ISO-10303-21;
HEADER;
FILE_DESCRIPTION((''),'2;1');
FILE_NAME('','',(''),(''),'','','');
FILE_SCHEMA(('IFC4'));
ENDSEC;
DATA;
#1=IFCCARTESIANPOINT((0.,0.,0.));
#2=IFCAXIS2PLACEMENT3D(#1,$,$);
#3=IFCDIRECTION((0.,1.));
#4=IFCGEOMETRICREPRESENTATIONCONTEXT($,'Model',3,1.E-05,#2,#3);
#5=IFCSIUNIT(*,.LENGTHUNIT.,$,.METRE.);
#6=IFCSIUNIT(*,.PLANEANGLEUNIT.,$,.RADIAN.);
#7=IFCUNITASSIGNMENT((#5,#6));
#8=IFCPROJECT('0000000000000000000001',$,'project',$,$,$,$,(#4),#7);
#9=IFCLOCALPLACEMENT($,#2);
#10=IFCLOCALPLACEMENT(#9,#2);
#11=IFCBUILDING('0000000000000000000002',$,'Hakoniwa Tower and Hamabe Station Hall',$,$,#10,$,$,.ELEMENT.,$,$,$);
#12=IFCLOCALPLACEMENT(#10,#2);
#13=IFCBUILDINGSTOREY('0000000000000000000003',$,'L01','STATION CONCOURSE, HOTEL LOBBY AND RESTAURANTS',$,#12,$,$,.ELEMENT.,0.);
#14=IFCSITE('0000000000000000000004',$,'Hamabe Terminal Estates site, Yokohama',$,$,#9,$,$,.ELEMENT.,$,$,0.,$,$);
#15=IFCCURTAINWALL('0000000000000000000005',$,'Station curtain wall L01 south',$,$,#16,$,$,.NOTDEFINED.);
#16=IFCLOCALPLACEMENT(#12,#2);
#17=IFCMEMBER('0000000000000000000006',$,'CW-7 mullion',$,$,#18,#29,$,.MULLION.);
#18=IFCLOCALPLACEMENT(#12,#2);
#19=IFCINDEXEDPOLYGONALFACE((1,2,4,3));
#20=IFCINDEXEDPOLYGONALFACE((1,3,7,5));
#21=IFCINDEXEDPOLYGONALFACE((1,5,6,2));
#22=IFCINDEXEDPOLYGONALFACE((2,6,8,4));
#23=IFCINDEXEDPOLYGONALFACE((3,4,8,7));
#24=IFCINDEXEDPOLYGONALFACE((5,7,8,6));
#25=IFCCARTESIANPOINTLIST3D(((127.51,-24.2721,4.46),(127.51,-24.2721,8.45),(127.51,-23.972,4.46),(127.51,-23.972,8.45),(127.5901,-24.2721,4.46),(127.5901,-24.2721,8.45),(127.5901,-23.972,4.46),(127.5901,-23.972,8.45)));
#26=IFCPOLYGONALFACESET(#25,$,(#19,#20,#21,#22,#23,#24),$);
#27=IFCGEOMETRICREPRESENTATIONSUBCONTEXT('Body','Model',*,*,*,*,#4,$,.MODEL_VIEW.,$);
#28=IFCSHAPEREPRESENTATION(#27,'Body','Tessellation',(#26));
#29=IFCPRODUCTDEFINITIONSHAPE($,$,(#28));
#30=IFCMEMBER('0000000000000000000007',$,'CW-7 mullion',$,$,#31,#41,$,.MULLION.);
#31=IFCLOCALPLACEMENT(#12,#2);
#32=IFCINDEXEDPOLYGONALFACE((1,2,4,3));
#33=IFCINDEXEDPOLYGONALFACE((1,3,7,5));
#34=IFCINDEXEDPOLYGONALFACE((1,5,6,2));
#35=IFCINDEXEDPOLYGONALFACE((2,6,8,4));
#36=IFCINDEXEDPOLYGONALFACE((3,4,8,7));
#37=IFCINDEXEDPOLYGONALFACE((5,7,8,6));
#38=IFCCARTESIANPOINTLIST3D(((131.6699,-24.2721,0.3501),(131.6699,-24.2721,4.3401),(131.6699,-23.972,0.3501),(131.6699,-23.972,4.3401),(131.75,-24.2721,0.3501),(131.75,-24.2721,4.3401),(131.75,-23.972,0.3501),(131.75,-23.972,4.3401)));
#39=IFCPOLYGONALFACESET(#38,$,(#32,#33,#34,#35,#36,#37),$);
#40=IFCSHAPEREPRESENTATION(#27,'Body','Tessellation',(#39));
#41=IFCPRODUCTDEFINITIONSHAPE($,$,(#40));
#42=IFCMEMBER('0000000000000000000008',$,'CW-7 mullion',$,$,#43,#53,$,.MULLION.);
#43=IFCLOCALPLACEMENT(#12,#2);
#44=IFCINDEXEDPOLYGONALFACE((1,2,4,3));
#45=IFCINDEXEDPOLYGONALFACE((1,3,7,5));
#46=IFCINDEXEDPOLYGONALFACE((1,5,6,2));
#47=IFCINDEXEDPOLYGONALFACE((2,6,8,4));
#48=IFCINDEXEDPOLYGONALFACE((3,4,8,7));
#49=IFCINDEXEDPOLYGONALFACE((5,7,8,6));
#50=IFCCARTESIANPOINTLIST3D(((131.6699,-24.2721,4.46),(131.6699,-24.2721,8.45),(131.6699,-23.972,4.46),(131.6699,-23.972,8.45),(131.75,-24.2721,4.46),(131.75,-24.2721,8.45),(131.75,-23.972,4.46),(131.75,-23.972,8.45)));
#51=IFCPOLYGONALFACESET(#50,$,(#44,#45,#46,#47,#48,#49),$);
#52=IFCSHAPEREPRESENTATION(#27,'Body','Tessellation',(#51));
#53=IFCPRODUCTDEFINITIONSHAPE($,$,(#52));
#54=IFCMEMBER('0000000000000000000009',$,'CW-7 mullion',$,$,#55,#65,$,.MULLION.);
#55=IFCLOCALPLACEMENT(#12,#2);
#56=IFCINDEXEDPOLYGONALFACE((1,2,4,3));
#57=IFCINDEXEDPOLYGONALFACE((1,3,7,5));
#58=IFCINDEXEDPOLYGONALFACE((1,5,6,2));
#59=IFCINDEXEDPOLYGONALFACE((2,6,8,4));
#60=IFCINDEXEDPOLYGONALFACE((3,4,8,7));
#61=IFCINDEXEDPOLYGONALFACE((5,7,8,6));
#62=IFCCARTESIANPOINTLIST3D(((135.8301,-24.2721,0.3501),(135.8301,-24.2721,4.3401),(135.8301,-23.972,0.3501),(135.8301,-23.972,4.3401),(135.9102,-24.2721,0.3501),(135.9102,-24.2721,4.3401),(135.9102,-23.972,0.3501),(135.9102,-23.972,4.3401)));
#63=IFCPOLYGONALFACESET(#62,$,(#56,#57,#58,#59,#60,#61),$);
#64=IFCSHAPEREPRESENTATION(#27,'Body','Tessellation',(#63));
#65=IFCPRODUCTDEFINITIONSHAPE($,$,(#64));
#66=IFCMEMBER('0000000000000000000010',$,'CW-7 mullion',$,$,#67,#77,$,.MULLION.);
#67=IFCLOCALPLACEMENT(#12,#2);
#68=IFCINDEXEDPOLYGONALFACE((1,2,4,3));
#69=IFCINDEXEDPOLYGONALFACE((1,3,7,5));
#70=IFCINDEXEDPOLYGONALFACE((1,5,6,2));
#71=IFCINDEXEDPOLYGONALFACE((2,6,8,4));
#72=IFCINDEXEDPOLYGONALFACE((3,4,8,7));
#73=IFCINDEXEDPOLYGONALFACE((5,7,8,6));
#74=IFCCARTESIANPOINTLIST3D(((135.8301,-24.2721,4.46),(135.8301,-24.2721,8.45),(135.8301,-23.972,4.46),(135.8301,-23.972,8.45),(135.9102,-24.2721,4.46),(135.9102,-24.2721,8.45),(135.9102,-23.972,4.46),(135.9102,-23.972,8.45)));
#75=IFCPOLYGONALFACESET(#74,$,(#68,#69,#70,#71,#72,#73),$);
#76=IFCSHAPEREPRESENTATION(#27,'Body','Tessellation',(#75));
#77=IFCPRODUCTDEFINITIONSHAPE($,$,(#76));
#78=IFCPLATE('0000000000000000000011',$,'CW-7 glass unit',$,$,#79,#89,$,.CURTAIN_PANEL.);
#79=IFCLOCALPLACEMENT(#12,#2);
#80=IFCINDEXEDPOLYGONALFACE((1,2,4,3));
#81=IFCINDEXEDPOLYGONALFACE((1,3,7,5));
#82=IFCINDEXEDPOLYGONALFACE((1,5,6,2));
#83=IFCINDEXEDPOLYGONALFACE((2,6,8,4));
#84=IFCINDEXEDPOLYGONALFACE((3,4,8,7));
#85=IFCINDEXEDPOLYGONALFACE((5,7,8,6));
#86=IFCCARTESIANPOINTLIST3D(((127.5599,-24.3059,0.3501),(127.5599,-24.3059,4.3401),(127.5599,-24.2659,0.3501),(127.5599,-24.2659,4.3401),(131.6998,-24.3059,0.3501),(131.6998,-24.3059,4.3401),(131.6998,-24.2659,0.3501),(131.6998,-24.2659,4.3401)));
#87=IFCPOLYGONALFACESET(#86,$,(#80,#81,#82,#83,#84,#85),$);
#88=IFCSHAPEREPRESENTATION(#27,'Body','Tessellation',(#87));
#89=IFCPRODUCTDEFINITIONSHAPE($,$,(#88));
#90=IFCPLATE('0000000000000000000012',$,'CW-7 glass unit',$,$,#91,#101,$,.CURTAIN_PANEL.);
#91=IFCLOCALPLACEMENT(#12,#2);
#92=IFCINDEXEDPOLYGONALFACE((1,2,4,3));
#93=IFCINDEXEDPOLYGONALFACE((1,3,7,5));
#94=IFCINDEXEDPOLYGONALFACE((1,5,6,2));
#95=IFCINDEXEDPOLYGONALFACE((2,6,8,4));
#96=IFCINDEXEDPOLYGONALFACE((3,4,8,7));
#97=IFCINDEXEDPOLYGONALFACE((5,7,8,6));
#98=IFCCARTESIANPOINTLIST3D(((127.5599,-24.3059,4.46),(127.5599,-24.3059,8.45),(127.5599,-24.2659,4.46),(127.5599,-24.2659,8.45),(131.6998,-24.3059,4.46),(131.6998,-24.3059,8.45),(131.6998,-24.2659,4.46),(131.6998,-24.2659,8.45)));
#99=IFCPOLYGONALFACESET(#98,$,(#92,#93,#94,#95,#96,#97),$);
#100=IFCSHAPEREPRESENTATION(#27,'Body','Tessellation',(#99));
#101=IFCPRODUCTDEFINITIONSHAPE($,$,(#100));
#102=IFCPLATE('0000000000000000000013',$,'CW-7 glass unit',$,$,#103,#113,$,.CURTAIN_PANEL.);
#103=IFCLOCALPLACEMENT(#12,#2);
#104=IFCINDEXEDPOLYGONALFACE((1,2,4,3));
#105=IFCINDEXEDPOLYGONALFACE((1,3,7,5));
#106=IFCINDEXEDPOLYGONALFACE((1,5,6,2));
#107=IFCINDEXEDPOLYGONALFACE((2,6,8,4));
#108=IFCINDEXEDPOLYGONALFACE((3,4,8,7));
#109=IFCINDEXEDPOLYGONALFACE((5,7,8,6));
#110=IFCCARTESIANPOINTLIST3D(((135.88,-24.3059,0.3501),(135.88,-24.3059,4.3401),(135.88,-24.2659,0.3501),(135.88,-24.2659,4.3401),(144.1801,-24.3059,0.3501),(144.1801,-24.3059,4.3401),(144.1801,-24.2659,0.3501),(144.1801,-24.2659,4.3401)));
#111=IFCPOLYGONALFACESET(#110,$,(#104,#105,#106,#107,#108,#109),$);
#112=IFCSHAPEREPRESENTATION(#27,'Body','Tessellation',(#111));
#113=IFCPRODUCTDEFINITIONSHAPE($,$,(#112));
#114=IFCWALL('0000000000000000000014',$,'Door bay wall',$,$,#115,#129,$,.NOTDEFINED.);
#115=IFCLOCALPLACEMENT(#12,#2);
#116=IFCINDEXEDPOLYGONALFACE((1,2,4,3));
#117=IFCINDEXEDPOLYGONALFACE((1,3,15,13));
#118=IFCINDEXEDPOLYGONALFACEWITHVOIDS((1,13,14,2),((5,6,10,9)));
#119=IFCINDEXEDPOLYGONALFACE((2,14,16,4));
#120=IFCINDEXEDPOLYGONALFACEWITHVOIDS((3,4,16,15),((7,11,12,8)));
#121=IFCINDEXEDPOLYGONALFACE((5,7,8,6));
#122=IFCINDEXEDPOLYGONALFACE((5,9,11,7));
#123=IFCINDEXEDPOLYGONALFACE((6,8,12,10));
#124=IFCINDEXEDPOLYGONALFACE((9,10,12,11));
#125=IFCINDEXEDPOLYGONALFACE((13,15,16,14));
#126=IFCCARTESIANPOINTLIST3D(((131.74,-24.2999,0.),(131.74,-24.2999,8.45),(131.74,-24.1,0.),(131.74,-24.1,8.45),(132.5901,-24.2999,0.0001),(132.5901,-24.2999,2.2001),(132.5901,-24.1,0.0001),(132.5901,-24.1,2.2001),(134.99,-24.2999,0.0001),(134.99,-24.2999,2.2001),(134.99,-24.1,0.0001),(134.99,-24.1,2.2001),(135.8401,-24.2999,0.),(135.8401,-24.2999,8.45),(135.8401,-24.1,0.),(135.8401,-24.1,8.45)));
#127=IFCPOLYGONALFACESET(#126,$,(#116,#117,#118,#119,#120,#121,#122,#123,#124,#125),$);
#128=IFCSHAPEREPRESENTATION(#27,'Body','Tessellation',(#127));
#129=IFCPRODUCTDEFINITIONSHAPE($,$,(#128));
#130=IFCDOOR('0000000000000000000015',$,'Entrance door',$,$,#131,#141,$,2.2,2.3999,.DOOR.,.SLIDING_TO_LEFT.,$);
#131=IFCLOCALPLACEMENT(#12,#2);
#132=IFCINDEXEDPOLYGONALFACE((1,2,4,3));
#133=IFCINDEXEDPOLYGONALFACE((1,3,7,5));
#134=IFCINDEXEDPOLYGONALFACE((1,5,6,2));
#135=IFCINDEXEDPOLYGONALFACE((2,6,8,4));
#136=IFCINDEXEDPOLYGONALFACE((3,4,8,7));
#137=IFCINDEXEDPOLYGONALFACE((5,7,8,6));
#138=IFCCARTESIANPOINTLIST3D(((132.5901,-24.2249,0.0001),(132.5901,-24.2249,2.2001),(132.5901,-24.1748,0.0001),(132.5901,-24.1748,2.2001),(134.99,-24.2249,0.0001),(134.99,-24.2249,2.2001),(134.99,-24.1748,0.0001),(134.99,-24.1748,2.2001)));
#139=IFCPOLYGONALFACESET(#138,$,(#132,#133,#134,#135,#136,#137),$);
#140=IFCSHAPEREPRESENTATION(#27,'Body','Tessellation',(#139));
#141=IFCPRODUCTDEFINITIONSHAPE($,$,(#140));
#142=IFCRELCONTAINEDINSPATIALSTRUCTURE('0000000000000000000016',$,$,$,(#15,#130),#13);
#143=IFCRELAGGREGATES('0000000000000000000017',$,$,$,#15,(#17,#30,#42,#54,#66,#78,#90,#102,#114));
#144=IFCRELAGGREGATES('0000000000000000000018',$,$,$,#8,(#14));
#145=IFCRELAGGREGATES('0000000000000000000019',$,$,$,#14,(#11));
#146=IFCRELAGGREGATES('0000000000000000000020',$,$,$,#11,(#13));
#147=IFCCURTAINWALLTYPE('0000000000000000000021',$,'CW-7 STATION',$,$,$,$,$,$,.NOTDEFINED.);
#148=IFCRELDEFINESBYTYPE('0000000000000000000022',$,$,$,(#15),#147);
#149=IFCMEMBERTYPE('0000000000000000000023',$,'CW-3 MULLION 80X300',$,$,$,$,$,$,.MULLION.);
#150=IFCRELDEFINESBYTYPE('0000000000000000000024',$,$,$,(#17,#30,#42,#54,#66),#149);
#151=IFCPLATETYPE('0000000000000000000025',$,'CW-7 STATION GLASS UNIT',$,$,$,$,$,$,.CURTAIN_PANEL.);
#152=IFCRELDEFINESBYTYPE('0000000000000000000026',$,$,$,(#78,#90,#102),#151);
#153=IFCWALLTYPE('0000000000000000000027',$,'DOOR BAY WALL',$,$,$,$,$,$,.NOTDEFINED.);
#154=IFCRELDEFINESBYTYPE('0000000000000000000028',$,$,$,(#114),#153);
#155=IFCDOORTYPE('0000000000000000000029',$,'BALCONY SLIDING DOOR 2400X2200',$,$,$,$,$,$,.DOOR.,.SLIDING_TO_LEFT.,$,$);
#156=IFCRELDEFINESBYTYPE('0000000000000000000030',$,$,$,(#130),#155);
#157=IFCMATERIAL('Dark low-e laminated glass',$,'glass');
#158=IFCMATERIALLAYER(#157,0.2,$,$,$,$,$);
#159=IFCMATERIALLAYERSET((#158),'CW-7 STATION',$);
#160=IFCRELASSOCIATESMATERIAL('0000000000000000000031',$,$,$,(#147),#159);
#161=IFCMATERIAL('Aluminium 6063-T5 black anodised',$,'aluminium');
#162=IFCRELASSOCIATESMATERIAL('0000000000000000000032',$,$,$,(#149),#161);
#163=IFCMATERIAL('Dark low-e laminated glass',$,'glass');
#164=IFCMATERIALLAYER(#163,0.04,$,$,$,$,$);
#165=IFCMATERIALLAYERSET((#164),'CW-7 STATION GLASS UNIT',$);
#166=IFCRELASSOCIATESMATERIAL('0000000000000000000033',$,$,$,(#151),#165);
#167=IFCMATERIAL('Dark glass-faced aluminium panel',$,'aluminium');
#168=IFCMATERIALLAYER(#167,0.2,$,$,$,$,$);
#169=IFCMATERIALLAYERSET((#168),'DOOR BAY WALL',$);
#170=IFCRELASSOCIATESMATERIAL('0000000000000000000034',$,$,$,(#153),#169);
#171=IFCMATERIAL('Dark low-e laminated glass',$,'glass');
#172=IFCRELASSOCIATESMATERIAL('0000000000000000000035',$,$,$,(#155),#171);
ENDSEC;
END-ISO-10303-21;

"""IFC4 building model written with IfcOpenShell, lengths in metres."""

from ifc_helpers import new_model, si_unit, direction, frame, frame_2d, origin, origin_2d, place, context, subcontext, project, spatial, rectangle, extrude, material, layer, layer_set, material_profile, profile_set, type_object, element, fill, aggregate, save


model = new_model("IFC4")

# Units and contexts
model_context = context("Model", 3, precision=1e-05, world=origin(), true_north=direction((0.0, 1.0)))
body_context = subcontext(model_context, "Body", "Model", "MODEL_VIEW")
ifc_project = project(units=[si_unit("LENGTHUNIT", "METRE"), si_unit("PLANEANGLEUNIT", "RADIAN")], contexts=[model_context])

# Site, building, storey
site_placement = place(None, origin())
site = spatial("IfcSite", under=ifc_project, at=site_placement, Name="Hamabe Terminal Estates site, Yokohama", CompositionType="ELEMENT", RefElevation=0.0)
building_placement = place(site_placement, origin())
building = spatial("IfcBuilding", under=site, at=building_placement, Name="Hakoniwa Tower and Hamabe Station Hall", CompositionType="ELEMENT")
storey_placement = place(building_placement, origin())
storey = spatial("IfcBuildingStorey", under=building, at=storey_placement, Name="L01", Description="STATION CONCOURSE, HOTEL LOBBY AND RESTAURANTS", CompositionType="ELEMENT", Elevation=0.0)

# Curtain wall, members, plates, wall, opening, door
ifc_material_1 = material(Name="Dark low-e laminated glass", Category="glass")
ifc_layer_1 = layer(ifc_material_1, 0.2)
ifc_layer_set_1 = layer_set([ifc_layer_1], Name="CW-7 STATION")
curtain_wall_type = type_object("IfcCurtainWallType", Name="CW-7 STATION", PredefinedType="NOTDEFINED", material=ifc_layer_set_1)
curtain_wall_placement = place(storey_placement, origin())
curtain_wall = element("IfcCurtainWall", 1, at=curtain_wall_placement, inside=storey, type_object=curtain_wall_type, Name="Station curtain wall L01 south", PredefinedType="NOTDEFINED")
ifc_material_2 = material(Name="Aluminium 6063-T5 black anodised", Category="aluminium")
ifc_material_profile_1 = material_profile(ifc_material_2, rectangle(XDim=0.0801, YDim=0.3, at=origin_2d()), Name="CW-3 MULLION 80X300")
ifc_profile_set_1 = profile_set([ifc_material_profile_1], Name="Aluminium 6063-T5 black anodised")
member_type_1 = type_object("IfcMemberType", Name="CW-3 MULLION 80X300", PredefinedType="MULLION", material=ifc_profile_set_1)
member_1_placement = place(storey_placement, frame((127.55, -24.1221, 4.46), z_axis=(0.0, 0.0, 1.0), x_axis=(1.0, 0.0, 0.0)))
member_1 = element("IfcMember", 2, at=member_1_placement, type_object=member_type_1, Name="CW-7 mullion", PredefinedType="MULLION", context=body_context, shape_type="SweptSolid", body=[
    extrude(rectangle(XDim=0.0801, YDim=0.3, at=origin_2d()), origin(), (0.0, 0.0, 1.0), 3.99),
])
member_2_placement = place(storey_placement, frame((131.71, -24.1221, 0.3501), z_axis=(0.0, 0.0, 1.0), x_axis=(1.0, 0.0, 0.0)))
member_2 = element("IfcMember", 3, at=member_2_placement, type_object=member_type_1, Name="CW-7 mullion", PredefinedType="MULLION", context=body_context, shape_type="SweptSolid", body=[
    extrude(rectangle(XDim=0.0801, YDim=0.3, at=origin_2d()), origin(), (0.0, 0.0, 1.0), 3.99),
])
member_3_placement = place(storey_placement, frame((131.71, -24.1221, 4.46), z_axis=(0.0, 0.0, 1.0), x_axis=(1.0, 0.0, 0.0)))
member_3 = element("IfcMember", 4, at=member_3_placement, type_object=member_type_1, Name="CW-7 mullion", PredefinedType="MULLION", context=body_context, shape_type="SweptSolid", body=[
    extrude(rectangle(XDim=0.0801, YDim=0.3, at=origin_2d()), origin(), (0.0, 0.0, 1.0), 3.99),
])
member_4_placement = place(storey_placement, frame((135.8701, -24.1221, 0.3501), z_axis=(0.0, 0.0, 1.0), x_axis=(1.0, 0.0, 0.0)))
member_4 = element("IfcMember", 5, at=member_4_placement, type_object=member_type_1, Name="CW-7 mullion", PredefinedType="MULLION", context=body_context, shape_type="SweptSolid", body=[
    extrude(rectangle(XDim=0.0801, YDim=0.3, at=origin_2d()), origin(), (0.0, 0.0, 1.0), 3.99),
])
member_5_placement = place(storey_placement, frame((135.8701, -24.1221, 4.46), z_axis=(0.0, 0.0, 1.0), x_axis=(1.0, 0.0, 0.0)))
member_5 = element("IfcMember", 6, at=member_5_placement, type_object=member_type_1, Name="CW-7 mullion", PredefinedType="MULLION", context=body_context, shape_type="SweptSolid", body=[
    extrude(rectangle(XDim=0.0801, YDim=0.3, at=origin_2d()), origin(), (0.0, 0.0, 1.0), 3.99),
])
ifc_material_3 = material(Name="Dark low-e laminated glass", Category="glass")
ifc_layer_2 = layer(ifc_material_3, 0.04)
ifc_layer_set_2 = layer_set([ifc_layer_2], Name="CW-7 STATION GLASS UNIT")
plate_type = type_object("IfcPlateType", Name="CW-7 STATION GLASS UNIT", PredefinedType="CURTAIN_PANEL", material=ifc_layer_set_2)
plate_1_placement = place(storey_placement, frame((129.6299, -24.2859, 0.3501), z_axis=(0.0, 0.0, 1.0), x_axis=(1.0, 0.0, 0.0)))
plate_1 = element("IfcPlate", 7, at=plate_1_placement, type_object=plate_type, Name="CW-7 glass unit", PredefinedType="CURTAIN_PANEL", context=body_context, shape_type="SweptSolid", body=[
    extrude(rectangle(XDim=4.1399, YDim=0.04, at=origin_2d()), origin(), (0.0, 0.0, 1.0), 3.99),
])
plate_2_placement = place(storey_placement, frame((129.6299, -24.2859, 4.46), z_axis=(0.0, 0.0, 1.0), x_axis=(1.0, 0.0, 0.0)))
plate_2 = element("IfcPlate", 8, at=plate_2_placement, type_object=plate_type, Name="CW-7 glass unit", PredefinedType="CURTAIN_PANEL", context=body_context, shape_type="SweptSolid", body=[
    extrude(rectangle(XDim=4.1399, YDim=0.04, at=origin_2d()), origin(), (0.0, 0.0, 1.0), 3.99),
])
plate_3_placement = place(storey_placement, frame((140.03, -24.2859, 0.3501), z_axis=(0.0, 0.0, 1.0), x_axis=(1.0, 0.0, 0.0)))
plate_3 = element("IfcPlate", 9, at=plate_3_placement, type_object=plate_type, Name="CW-7 glass unit", PredefinedType="CURTAIN_PANEL", context=body_context, shape_type="SweptSolid", body=[
    extrude(rectangle(XDim=8.3, YDim=0.04, at=origin_2d()), origin(), (0.0, 0.0, 1.0), 3.99),
])
ifc_material_4 = material(Name="Dark glass-faced aluminium panel", Category="aluminium")
ifc_layer_3 = layer(ifc_material_4, 0.2)
ifc_layer_set_3 = layer_set([ifc_layer_3], Name="DOOR BAY WALL")
wall_type = type_object("IfcWallType", Name="DOOR BAY WALL", PredefinedType="NOTDEFINED", material=ifc_layer_set_3)
wall_placement = place(storey_placement, frame((131.74, -24.2, 0.0), z_axis=(0.0, 0.0, 1.0), x_axis=(1.0, 0.0, 0.0)))
wall = element("IfcWall", 10, at=wall_placement, type_object=wall_type, Name="Door bay wall", PredefinedType="NOTDEFINED", context=body_context, shape_type="SweptSolid", body=[
    extrude(rectangle(XDim=4.1001, YDim=0.2, at=frame_2d((2.05, 0.0))), origin(), (0.0, 0.0, 1.0), 8.45),
])
opening_placement = place(wall_placement, frame((0.8501, 0.0, 0.0)))
opening = element("IfcOpeningElement", 11, at=opening_placement, cuts=wall, PredefinedType="OPENING", context=body_context, shape_type="SweptSolid", body=[
    extrude(rectangle(XDim=2.3999, YDim=2.2, at=frame_2d((1.2, 1.1001))), frame((0.0, 0.1099, 0.0), z_axis=(0.0, -1.0, 0.0), x_axis=(1.0, 0.0, 0.0)), (0.0, 0.0, 1.0), 0.22),
])
ifc_material_5 = material(Name="Dark low-e laminated glass", Category="glass")
door_type = type_object("IfcDoorType", Name="BALCONY SLIDING DOOR 2400X2200", OperationType="SLIDING_TO_LEFT", PredefinedType="DOOR", material=ifc_material_5)
door_placement = place(opening_placement, frame((2.3999, 0.0, 0.0), z_axis=(0.0, 0.0, 1.0), x_axis=(-1.0, 0.0, 0.0)))
door = element("IfcDoor", 12, at=door_placement, inside=storey, type_object=door_type, Name="Entrance door", OperationType="SLIDING_TO_LEFT", OverallHeight=2.2, OverallWidth=2.3999, PredefinedType="DOOR", context=body_context, shape_type="SweptSolid", body=[
    extrude(rectangle(XDim=2.3999, YDim=2.2, at=frame_2d((1.2, 1.1001))), frame((0.0, 0.0249, 0.0), z_axis=(0.0, -1.0, 0.0), x_axis=(1.0, 0.0, 0.0)), (0.0, 0.0, 1.0), 0.05),
])
fill(opening, door)
aggregate(curtain_wall, [member_1, member_2, member_3, member_4, member_5, plate_1, plate_2, plate_3, wall])

save(model, "model.ifc")
